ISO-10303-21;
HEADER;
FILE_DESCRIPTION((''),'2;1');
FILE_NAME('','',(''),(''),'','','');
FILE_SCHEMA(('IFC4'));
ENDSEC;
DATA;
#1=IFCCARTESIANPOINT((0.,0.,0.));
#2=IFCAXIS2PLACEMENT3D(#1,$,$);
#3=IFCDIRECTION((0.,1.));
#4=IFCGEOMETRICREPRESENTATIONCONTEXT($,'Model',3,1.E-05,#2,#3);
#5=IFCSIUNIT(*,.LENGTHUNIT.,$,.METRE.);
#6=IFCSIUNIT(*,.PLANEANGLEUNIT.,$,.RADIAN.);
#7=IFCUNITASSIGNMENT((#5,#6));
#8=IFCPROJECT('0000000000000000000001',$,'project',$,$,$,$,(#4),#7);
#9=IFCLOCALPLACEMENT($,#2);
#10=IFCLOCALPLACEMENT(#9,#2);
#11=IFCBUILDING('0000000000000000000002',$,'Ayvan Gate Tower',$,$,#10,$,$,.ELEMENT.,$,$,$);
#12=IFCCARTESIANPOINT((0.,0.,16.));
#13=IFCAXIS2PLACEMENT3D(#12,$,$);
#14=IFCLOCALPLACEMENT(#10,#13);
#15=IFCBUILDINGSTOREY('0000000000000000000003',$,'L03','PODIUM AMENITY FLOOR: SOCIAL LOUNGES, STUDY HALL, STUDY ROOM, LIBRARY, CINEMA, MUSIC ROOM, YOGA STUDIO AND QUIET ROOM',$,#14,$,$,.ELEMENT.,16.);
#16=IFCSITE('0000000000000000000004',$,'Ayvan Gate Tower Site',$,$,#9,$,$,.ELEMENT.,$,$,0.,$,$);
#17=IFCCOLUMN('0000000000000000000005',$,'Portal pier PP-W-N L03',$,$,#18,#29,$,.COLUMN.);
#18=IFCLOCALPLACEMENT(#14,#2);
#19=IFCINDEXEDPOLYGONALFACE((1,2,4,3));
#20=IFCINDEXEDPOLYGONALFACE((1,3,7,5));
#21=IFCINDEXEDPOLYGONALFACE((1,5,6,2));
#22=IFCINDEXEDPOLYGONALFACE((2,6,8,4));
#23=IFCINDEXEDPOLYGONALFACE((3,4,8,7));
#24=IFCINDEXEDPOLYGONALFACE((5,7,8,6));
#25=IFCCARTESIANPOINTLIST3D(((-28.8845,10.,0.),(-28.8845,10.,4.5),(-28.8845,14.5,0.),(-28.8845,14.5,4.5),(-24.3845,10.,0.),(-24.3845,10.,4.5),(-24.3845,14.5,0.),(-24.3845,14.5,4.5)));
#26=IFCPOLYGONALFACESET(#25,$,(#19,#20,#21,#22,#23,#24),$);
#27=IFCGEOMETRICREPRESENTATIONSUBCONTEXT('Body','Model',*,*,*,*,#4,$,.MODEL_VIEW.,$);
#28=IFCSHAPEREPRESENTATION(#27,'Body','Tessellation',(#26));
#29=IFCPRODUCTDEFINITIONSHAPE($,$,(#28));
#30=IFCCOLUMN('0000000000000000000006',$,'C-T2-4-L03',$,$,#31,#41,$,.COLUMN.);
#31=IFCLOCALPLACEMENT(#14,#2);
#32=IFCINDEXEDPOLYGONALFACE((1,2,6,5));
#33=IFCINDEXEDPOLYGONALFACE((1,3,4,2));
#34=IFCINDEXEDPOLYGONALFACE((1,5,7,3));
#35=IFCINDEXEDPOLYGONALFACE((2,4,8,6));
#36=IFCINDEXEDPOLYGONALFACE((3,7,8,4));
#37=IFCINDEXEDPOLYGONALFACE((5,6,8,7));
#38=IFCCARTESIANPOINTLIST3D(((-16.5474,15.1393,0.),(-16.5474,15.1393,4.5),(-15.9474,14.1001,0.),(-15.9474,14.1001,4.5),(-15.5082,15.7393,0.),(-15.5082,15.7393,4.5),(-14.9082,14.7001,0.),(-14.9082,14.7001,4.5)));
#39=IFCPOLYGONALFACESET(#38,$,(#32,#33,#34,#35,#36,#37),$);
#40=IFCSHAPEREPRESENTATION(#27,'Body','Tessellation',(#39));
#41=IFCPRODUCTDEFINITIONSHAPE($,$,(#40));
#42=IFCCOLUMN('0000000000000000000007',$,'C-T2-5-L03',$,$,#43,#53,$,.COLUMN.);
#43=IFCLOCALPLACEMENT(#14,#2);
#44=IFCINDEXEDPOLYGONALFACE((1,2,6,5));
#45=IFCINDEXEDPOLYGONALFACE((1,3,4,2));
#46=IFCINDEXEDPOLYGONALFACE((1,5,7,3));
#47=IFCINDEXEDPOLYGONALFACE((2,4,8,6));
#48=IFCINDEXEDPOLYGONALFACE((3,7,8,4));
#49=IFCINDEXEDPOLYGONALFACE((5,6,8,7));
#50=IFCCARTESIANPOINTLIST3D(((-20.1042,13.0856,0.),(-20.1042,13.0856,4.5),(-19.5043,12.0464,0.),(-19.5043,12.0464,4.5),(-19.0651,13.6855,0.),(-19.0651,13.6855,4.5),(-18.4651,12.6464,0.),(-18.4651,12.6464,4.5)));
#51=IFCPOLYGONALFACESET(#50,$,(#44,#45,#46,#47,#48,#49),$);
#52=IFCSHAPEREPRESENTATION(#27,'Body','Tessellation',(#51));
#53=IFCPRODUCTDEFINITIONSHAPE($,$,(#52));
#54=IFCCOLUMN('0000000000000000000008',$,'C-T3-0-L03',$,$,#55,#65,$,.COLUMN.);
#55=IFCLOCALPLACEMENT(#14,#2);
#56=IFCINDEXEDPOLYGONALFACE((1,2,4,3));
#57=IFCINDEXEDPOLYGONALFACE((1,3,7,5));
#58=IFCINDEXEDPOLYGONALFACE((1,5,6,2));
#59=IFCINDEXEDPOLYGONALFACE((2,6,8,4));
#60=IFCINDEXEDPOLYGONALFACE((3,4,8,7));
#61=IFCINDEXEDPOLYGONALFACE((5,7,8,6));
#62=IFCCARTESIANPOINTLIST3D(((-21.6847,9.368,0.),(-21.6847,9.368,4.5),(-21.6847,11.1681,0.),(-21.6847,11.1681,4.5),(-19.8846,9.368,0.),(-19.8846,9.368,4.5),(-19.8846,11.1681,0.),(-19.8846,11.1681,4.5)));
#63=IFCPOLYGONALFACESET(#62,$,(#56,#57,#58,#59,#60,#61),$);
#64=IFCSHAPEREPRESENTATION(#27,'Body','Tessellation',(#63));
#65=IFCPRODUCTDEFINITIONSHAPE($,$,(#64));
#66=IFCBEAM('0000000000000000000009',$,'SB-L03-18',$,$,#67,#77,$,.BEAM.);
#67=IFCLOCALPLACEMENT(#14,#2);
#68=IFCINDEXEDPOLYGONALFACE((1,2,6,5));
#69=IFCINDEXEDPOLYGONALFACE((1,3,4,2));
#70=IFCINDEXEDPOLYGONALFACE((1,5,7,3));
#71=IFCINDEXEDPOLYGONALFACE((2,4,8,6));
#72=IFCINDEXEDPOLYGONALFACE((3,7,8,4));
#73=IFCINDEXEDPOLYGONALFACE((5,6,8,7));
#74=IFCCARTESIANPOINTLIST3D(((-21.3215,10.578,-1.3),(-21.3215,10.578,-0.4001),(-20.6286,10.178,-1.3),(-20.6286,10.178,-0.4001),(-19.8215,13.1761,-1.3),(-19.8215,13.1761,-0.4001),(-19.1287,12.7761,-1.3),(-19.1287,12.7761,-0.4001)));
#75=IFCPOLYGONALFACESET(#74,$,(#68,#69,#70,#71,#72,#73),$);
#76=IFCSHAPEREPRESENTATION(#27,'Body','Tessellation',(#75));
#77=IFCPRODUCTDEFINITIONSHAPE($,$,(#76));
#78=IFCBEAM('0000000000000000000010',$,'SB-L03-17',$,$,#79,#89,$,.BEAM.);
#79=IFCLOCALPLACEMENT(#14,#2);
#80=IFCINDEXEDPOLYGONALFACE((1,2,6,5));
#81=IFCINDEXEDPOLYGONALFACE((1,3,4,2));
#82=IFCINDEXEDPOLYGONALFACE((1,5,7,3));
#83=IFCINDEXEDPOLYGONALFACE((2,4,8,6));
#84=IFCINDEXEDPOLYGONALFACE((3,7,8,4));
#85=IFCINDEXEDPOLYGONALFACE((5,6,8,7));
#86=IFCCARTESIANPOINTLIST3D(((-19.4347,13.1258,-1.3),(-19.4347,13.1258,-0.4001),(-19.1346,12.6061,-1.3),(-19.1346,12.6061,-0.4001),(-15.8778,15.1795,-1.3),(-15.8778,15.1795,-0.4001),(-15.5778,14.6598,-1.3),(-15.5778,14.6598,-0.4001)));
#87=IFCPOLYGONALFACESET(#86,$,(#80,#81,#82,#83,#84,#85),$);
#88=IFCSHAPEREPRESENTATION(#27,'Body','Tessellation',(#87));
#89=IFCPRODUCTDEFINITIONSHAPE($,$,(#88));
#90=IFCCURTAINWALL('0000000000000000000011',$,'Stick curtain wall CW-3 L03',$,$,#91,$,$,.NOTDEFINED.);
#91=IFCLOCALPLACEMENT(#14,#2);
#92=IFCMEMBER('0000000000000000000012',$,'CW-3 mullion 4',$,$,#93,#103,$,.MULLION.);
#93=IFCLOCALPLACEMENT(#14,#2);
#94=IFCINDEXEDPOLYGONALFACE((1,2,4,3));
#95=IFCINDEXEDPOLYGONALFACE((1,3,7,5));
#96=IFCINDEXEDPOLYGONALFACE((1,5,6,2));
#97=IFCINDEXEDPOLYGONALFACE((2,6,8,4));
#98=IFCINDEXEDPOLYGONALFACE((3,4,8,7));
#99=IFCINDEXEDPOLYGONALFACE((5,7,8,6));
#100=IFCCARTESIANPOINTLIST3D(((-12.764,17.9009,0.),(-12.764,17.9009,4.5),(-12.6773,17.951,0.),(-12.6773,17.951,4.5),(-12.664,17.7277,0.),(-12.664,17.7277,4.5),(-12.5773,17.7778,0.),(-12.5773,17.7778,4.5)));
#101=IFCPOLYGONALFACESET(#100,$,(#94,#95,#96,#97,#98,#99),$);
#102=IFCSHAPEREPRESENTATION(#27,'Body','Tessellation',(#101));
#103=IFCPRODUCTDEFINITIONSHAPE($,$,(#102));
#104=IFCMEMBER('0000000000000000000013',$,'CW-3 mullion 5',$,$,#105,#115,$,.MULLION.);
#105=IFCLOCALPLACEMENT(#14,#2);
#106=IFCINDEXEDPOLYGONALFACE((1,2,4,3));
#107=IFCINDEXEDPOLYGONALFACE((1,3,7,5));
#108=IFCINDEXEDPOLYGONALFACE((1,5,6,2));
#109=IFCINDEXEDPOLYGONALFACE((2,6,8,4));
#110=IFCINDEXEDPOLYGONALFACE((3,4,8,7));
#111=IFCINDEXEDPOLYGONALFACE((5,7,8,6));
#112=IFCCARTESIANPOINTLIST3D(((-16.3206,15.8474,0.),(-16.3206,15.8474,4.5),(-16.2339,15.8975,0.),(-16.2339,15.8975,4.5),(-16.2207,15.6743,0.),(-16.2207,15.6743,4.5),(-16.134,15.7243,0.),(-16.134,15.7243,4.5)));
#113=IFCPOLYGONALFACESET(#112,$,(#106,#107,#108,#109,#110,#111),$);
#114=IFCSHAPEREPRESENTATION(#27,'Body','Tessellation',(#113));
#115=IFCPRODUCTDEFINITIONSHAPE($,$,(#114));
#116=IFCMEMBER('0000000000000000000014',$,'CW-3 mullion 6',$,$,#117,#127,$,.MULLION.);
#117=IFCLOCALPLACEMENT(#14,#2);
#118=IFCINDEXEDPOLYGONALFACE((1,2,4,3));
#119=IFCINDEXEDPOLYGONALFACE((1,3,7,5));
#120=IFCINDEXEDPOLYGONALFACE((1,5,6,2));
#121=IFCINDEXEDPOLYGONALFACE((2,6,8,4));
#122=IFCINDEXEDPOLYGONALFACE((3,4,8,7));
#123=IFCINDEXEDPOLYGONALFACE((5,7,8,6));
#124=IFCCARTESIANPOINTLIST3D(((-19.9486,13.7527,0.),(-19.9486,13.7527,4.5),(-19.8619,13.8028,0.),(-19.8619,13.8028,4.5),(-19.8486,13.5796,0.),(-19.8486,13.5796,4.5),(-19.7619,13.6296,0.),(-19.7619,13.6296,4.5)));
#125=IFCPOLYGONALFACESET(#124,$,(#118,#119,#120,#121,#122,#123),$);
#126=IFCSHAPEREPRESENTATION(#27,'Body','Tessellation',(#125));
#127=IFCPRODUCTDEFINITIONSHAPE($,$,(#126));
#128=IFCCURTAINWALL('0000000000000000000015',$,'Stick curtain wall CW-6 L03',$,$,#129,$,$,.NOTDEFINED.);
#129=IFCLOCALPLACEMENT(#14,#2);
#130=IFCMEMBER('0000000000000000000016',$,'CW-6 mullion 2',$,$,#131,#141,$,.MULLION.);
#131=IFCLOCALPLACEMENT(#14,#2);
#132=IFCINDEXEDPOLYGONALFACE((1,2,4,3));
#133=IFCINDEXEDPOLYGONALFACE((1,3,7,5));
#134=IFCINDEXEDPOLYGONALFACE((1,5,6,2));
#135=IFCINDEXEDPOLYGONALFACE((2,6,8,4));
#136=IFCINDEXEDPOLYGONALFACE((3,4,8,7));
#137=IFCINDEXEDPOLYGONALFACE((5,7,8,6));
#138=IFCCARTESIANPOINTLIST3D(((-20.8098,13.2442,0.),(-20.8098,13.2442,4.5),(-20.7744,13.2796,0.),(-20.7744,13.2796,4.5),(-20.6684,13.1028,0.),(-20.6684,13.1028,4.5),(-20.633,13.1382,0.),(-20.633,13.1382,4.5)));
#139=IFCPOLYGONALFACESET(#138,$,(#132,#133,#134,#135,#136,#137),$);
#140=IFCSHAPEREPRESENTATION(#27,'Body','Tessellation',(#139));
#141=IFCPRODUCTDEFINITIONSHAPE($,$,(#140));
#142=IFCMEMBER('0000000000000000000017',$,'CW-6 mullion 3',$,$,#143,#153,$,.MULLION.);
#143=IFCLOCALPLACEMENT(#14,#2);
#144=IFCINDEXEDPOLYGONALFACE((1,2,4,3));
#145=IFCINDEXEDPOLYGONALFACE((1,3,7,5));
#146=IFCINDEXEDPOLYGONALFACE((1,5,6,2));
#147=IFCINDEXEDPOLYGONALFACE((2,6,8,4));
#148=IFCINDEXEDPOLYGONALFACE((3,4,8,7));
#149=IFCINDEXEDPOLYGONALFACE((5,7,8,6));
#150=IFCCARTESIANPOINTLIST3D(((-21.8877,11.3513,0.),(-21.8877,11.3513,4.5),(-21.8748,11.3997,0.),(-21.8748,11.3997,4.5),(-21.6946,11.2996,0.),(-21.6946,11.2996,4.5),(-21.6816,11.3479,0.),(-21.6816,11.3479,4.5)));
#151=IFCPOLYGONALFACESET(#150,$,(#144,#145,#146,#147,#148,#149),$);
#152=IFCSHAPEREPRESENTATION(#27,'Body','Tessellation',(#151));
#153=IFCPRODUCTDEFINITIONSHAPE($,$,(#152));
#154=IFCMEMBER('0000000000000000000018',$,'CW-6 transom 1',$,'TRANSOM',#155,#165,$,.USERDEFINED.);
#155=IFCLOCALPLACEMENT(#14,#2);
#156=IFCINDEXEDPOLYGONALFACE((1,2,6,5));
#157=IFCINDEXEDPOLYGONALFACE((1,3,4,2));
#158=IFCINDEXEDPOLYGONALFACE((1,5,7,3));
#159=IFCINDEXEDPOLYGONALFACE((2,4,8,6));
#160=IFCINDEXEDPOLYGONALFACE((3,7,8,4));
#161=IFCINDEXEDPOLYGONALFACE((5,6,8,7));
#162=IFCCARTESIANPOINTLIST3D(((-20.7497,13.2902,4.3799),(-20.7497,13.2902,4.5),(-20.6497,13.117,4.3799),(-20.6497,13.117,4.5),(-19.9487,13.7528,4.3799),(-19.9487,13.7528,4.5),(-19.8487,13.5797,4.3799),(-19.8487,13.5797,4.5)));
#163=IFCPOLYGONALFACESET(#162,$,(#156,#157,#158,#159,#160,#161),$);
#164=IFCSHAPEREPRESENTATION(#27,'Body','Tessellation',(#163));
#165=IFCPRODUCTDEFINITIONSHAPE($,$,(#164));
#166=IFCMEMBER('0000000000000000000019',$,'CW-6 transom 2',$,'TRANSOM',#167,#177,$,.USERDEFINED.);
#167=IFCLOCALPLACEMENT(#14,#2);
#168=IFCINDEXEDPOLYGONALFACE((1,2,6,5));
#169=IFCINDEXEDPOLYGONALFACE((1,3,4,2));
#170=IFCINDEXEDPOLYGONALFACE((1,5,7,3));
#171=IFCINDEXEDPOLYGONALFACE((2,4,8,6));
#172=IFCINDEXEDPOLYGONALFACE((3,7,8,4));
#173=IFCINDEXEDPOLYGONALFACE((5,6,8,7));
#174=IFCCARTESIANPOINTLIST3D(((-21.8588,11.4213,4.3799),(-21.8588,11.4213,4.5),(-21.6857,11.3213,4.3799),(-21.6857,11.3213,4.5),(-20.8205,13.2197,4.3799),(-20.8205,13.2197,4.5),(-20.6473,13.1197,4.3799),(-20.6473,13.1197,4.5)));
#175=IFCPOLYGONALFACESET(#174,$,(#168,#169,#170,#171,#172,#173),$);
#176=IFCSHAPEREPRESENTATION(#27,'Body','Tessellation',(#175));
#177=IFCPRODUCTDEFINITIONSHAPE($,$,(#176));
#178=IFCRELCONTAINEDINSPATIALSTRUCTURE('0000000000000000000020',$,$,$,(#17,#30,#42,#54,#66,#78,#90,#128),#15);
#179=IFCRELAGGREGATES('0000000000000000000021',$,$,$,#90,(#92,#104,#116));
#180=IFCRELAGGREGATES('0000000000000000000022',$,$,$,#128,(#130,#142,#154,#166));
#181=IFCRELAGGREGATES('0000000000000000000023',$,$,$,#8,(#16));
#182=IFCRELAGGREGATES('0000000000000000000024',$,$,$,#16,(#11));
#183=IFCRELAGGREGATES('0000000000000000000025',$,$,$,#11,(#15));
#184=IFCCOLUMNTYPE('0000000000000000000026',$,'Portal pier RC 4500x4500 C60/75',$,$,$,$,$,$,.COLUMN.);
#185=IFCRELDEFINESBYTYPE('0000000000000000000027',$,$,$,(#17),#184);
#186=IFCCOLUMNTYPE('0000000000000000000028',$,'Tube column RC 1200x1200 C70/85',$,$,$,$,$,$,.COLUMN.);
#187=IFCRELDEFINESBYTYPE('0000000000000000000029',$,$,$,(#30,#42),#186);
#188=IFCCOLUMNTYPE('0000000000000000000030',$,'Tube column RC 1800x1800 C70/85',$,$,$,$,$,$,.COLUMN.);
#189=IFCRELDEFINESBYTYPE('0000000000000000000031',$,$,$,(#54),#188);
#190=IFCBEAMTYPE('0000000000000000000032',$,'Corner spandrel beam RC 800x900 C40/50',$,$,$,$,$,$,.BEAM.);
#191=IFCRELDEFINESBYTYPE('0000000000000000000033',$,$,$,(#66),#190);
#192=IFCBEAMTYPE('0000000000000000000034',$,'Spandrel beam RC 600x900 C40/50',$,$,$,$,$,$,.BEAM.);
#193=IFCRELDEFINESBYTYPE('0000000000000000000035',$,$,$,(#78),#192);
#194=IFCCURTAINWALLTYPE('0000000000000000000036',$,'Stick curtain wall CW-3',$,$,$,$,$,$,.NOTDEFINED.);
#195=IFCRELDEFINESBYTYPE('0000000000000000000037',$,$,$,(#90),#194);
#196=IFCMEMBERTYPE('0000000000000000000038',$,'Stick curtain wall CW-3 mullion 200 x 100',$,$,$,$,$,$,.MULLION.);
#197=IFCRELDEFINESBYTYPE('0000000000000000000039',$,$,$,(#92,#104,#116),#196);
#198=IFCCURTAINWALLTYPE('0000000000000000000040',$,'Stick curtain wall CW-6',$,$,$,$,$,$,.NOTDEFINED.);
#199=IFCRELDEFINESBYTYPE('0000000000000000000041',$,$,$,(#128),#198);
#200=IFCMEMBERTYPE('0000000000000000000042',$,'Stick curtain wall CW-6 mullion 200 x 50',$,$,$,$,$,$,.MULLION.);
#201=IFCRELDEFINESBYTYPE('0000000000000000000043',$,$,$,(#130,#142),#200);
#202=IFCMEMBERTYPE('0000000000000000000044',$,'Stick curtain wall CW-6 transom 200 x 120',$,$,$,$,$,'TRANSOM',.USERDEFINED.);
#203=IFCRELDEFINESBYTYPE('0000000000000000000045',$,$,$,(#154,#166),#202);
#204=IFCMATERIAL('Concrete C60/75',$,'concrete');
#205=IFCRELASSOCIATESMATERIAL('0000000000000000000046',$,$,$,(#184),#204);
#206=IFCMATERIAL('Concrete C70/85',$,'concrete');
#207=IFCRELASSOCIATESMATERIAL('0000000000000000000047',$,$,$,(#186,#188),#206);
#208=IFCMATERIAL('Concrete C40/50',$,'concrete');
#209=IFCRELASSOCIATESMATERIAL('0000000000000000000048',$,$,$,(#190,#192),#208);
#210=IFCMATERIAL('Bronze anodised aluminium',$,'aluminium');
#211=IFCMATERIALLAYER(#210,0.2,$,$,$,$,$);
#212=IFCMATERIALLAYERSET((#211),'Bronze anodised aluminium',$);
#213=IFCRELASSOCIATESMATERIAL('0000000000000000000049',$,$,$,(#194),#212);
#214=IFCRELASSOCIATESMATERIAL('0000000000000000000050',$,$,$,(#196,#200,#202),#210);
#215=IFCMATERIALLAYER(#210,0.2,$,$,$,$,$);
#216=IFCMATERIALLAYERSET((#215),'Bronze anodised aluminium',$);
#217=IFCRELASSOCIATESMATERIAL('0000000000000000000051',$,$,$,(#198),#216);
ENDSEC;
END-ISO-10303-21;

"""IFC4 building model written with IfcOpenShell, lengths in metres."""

from ifc_helpers import new_model, si_unit, direction, frame, origin, origin_2d, place, context, subcontext, project, spatial, rectangle, extrude, material, layer, layer_set, material_profile, profile_set, type_object, element, aggregate, save


model = new_model("IFC4")

# Units and contexts
model_context = context("Model", 3, precision=1e-05, world=origin(), true_north=direction((0.0, 1.0)))
body_context = subcontext(model_context, "Body", "Model", "MODEL_VIEW")
ifc_project = project(units=[si_unit("LENGTHUNIT", "METRE"), si_unit("PLANEANGLEUNIT", "RADIAN")], contexts=[model_context])

# Site, building, storey
site_placement = place(None, origin())
site = spatial("IfcSite", under=ifc_project, at=site_placement, Name="Ayvan Gate Tower Site", CompositionType="ELEMENT", RefElevation=0.0)
building_placement = place(site_placement, origin())
building = spatial("IfcBuilding", under=site, at=building_placement, Name="Ayvan Gate Tower", CompositionType="ELEMENT")
storey_placement = place(building_placement, frame((0.0, 0.0, 16.0)))
storey = spatial("IfcBuildingStorey", under=building, at=storey_placement, Name="L03", Description="PODIUM AMENITY FLOOR: SOCIAL LOUNGES, STUDY HALL, STUDY ROOM, LIBRARY, CINEMA, MUSIC ROOM, YOGA STUDIO AND QUIET ROOM", CompositionType="ELEMENT", Elevation=16.0)

# Columns
ifc_material_1 = material(Name="Concrete C60/75", Category="concrete")
ifc_material_profile_1 = material_profile(ifc_material_1, rectangle(XDim=4.5, YDim=4.5, at=origin_2d()), Name="RC 4500x4500")
ifc_profile_set_1 = profile_set([ifc_material_profile_1], Name="Concrete C60/75")
column_type_1 = type_object("IfcColumnType", Name="Portal pier RC 4500x4500 C60/75", PredefinedType="COLUMN", material=ifc_profile_set_1)
column_1_placement = place(storey_placement, frame((-26.6345, 12.25, 0.0), z_axis=(0.0, 0.0, 1.0), x_axis=(-1.0, 0.0, 0.0)))
element("IfcColumn", 1, at=column_1_placement, inside=storey, type_object=column_type_1, Name="Portal pier PP-W-N L03", PredefinedType="COLUMN", context=body_context, shape_type="SweptSolid", body=[
    extrude(rectangle(XDim=4.5, YDim=4.5, at=origin_2d()), origin(), (0.0, 0.0, 1.0), 4.5),
])
ifc_material_2 = material(Name="Concrete C70/85", Category="concrete")
ifc_material_profile_2 = material_profile(ifc_material_2, rectangle(XDim=1.2, YDim=1.2, at=origin_2d()), Name="RC 1200x1200")
ifc_profile_set_2 = profile_set([ifc_material_profile_2], Name="Concrete C70/85")
column_type_2 = type_object("IfcColumnType", Name="Tube column RC 1200x1200 C70/85", PredefinedType="COLUMN", material=ifc_profile_set_2)
for number, where, z_axis, x_axis, name in (
    (2, (-15.7278, 14.9197, 0.0), (0.0, 0.0, 1.0), (-0.5, 0.866025, 0.0), "C-T2-4-L03"),
    (3, (-19.2847, 12.866, 0.0), (0.0, 0.0, 1.0), (-0.5, 0.866025, 0.0), "C-T2-5-L03"),
):
    element("IfcColumn", number, at=place(storey_placement, frame(where, z_axis=z_axis, x_axis=x_axis)), inside=storey, type_object=column_type_2, Name=name, PredefinedType="COLUMN", context=body_context, shape_type="SweptSolid", body=[
        extrude(rectangle(XDim=1.2, YDim=1.2, at=origin_2d()), origin(), (0.0, 0.0, 1.0), 4.5),
    ])
ifc_material_profile_3 = material_profile(ifc_material_2, rectangle(XDim=1.8, YDim=1.8, at=origin_2d()), Name="RC 1800x1800")
ifc_profile_set_3 = profile_set([ifc_material_profile_3], Name="Concrete C70/85")
column_type_3 = type_object("IfcColumnType", Name="Tube column RC 1800x1800 C70/85", PredefinedType="COLUMN", material=ifc_profile_set_3)
column_2_placement = place(storey_placement, frame((-20.7847, 10.2681, 0.0), z_axis=(0.0, 0.0, 1.0), x_axis=(-1.0, 0.0, 0.0)))
element("IfcColumn", 4, at=column_2_placement, inside=storey, type_object=column_type_3, Name="C-T3-0-L03", PredefinedType="COLUMN", context=body_context, shape_type="SweptSolid", body=[
    extrude(rectangle(XDim=1.8, YDim=1.8, at=origin_2d()), origin(), (0.0, 0.0, 1.0), 4.5),
])

# Beams
ifc_material_3 = material(Name="Concrete C40/50", Category="concrete")
ifc_material_profile_4 = material_profile(ifc_material_3, rectangle(XDim=0.8, YDim=0.8999, at=origin_2d()), Name="RC 800x900")
ifc_profile_set_4 = profile_set([ifc_material_profile_4], Name="Concrete C40/50")
beam_type_1 = type_object("IfcBeamType", Name="Corner spandrel beam RC 800x900 C40/50", PredefinedType="BEAM", material=ifc_profile_set_4)
beam_1_placement = place(storey_placement, frame((-19.4751, 12.9761, -0.8501), z_axis=(-0.49999, -0.866031, 0.0), x_axis=(0.866031, -0.49999, 0.0)))
element("IfcBeam", 5, at=beam_1_placement, inside=storey, type_object=beam_type_1, Name="SB-L03-18", PredefinedType="BEAM", context=body_context, shape_type="SweptSolid", body=[
    extrude(rectangle(XDim=0.8, YDim=0.8999, at=origin_2d()), origin(), (0.0, 0.0, 1.0), 3.0),
])
ifc_material_profile_5 = material_profile(ifc_material_3, rectangle(XDim=0.6001, YDim=0.8999, at=origin_2d()), Name="RC 600x900")
ifc_profile_set_5 = profile_set([ifc_material_profile_5], Name="Concrete C40/50")
beam_type_2 = type_object("IfcBeamType", Name="Spandrel beam RC 600x900 C40/50", PredefinedType="BEAM", material=ifc_profile_set_5)
beam_2_placement = place(storey_placement, frame((-15.7278, 14.9197, -0.8501), z_axis=(-0.86601, -0.500026, 0.0), x_axis=(0.500026, -0.86601, 0.0)))
element("IfcBeam", 6, at=beam_2_placement, inside=storey, type_object=beam_type_2, Name="SB-L03-17", PredefinedType="BEAM", context=body_context, shape_type="SweptSolid", body=[
    extrude(rectangle(XDim=0.6001, YDim=0.8999, at=origin_2d()), origin(), (0.0, 0.0, 1.0), 4.1072),
])

# Curtain walls, members
ifc_material_4 = material(Name="Bronze anodised aluminium", Category="aluminium")
ifc_layer_1 = layer(ifc_material_4, 0.2)
ifc_layer_set_1 = layer_set([ifc_layer_1], Name="Bronze anodised aluminium")
curtain_wall_type_1 = type_object("IfcCurtainWallType", Name="Stick curtain wall CW-3", PredefinedType="NOTDEFINED", material=ifc_layer_set_1)
curtain_wall_1_placement = place(storey_placement, origin())
curtain_wall_1 = element("IfcCurtainWall", 7, at=curtain_wall_1_placement, inside=storey, type_object=curtain_wall_type_1, Name="Stick curtain wall CW-3 L03", PredefinedType="NOTDEFINED")
ifc_material_profile_6 = material_profile(ifc_material_4, rectangle(XDim=0.2, YDim=0.1001, at=origin_2d()), Name="Stick curtain wall CW-3 mullion 200 x 100")
ifc_profile_set_6 = profile_set([ifc_material_profile_6], Name="Bronze anodised aluminium")
member_type_1 = type_object("IfcMemberType", Name="Stick curtain wall CW-3 mullion 200 x 100", PredefinedType="MULLION", material=ifc_profile_set_6)
member_1_placement = place(storey_placement, frame((-12.6707, 17.8394, 0.0), z_axis=(0.0, 0.0, 1.0), x_axis=(-0.5, 0.866025, 0.0)))
member_1 = element("IfcMember", 8, at=member_1_placement, type_object=member_type_1, Name="CW-3 mullion 4", PredefinedType="MULLION", context=body_context, shape_type="SweptSolid", body=[
    extrude(rectangle(XDim=0.2, YDim=0.1001, at=origin_2d()), origin(), (0.0, 0.0, 1.0), 4.5),
])
member_2_placement = place(storey_placement, frame((-16.2273, 15.7859, 0.0), z_axis=(0.0, 0.0, 1.0), x_axis=(-0.5, 0.866025, 0.0)))
member_2 = element("IfcMember", 9, at=member_2_placement, type_object=member_type_1, Name="CW-3 mullion 5", PredefinedType="MULLION", context=body_context, shape_type="SweptSolid", body=[
    extrude(rectangle(XDim=0.2, YDim=0.1001, at=origin_2d()), origin(), (0.0, 0.0, 1.0), 4.5),
])
member_3_placement = place(storey_placement, frame((-19.8552, 13.6912, 0.0), z_axis=(0.0, 0.0, 1.0), x_axis=(-0.5, 0.866025, 0.0)))
member_3 = element("IfcMember", 10, at=member_3_placement, type_object=member_type_1, Name="CW-3 mullion 6", PredefinedType="MULLION", context=body_context, shape_type="SweptSolid", body=[
    extrude(rectangle(XDim=0.2, YDim=0.1001, at=origin_2d()), origin(), (0.0, 0.0, 1.0), 4.5),
])
ifc_layer_2 = layer(ifc_material_4, 0.2)
ifc_layer_set_2 = layer_set([ifc_layer_2], Name="Bronze anodised aluminium")
curtain_wall_type_2 = type_object("IfcCurtainWallType", Name="Stick curtain wall CW-6", PredefinedType="NOTDEFINED", material=ifc_layer_set_2)
curtain_wall_2_placement = place(storey_placement, origin())
curtain_wall_2 = element("IfcCurtainWall", 11, at=curtain_wall_2_placement, inside=storey, type_object=curtain_wall_type_2, Name="Stick curtain wall CW-6 L03", PredefinedType="NOTDEFINED")
ifc_material_profile_7 = material_profile(ifc_material_4, rectangle(XDim=0.2, YDim=0.05, at=origin_2d()), Name="Stick curtain wall CW-6 mullion 200 x 50")
ifc_profile_set_7 = profile_set([ifc_material_profile_7], Name="Bronze anodised aluminium")
member_type_2 = type_object("IfcMemberType", Name="Stick curtain wall CW-6 mullion 200 x 50", PredefinedType="MULLION", material=ifc_profile_set_7)
member_4_placement = place(storey_placement, frame((-20.7214, 13.1912, 0.0), z_axis=(0.0, 0.0, 1.0), x_axis=(-0.707107, 0.707107, 0.0)))
member_4 = element("IfcMember", 12, at=member_4_placement, type_object=member_type_2, Name="CW-6 mullion 2", PredefinedType="MULLION", context=body_context, shape_type="SweptSolid", body=[
    extrude(rectangle(XDim=0.2, YDim=0.05, at=origin_2d()), origin(), (0.0, 0.0, 1.0), 4.5),
])
member_5_placement = place(storey_placement, frame((-21.7847, 11.3496, 0.0), z_axis=(0.0, 0.0, 1.0), x_axis=(-0.965926, 0.258819, 0.0)))
member_5 = element("IfcMember", 13, at=member_5_placement, type_object=member_type_2, Name="CW-6 mullion 3", PredefinedType="MULLION", context=body_context, shape_type="SweptSolid", body=[
    extrude(rectangle(XDim=0.2, YDim=0.05, at=origin_2d()), origin(), (0.0, 0.0, 1.0), 4.5),
])
ifc_material_profile_8 = material_profile(ifc_material_4, rectangle(XDim=0.2, YDim=0.1201, at=origin_2d()), Name="Stick curtain wall CW-6 transom 200 x 120")
ifc_profile_set_8 = profile_set([ifc_material_profile_8], Name="Bronze anodised aluminium")
member_type_3 = type_object("IfcMemberType", Name="Stick curtain wall CW-6 transom 200 x 120", ElementType="TRANSOM", PredefinedType="USERDEFINED", material=ifc_profile_set_8)
member_6_placement = place(storey_placement, frame((-19.8987, 13.6663, 4.4399), z_axis=(-0.865944, -0.500141, 0.0), x_axis=(0.500141, -0.865944, 0.0)))
member_6 = element("IfcMember", 14, at=member_6_placement, type_object=member_type_3, Name="CW-6 transom 1", ObjectType="TRANSOM", PredefinedType="USERDEFINED", context=body_context, shape_type="SweptSolid", body=[
    extrude(rectangle(XDim=0.2, YDim=0.1201, at=origin_2d()), origin(), (0.0, 0.0, 1.0), 0.925),
])
member_7_placement = place(storey_placement, frame((-20.7339, 13.1697, 4.4399), z_axis=(-0.500021, -0.866013, 0.0), x_axis=(0.866013, -0.500021, 0.0)))
member_7 = element("IfcMember", 15, at=member_7_placement, type_object=member_type_3, Name="CW-6 transom 2", ObjectType="TRANSOM", PredefinedType="USERDEFINED", context=body_context, shape_type="SweptSolid", body=[
    extrude(rectangle(XDim=0.2, YDim=0.1201, at=origin_2d()), origin(), (0.0, 0.0, 1.0), 2.0767),
])

aggregate(curtain_wall_1, [member_1, member_2, member_3])
aggregate(curtain_wall_2, [member_4, member_5, member_6, member_7])

save(model, "model.ifc")
